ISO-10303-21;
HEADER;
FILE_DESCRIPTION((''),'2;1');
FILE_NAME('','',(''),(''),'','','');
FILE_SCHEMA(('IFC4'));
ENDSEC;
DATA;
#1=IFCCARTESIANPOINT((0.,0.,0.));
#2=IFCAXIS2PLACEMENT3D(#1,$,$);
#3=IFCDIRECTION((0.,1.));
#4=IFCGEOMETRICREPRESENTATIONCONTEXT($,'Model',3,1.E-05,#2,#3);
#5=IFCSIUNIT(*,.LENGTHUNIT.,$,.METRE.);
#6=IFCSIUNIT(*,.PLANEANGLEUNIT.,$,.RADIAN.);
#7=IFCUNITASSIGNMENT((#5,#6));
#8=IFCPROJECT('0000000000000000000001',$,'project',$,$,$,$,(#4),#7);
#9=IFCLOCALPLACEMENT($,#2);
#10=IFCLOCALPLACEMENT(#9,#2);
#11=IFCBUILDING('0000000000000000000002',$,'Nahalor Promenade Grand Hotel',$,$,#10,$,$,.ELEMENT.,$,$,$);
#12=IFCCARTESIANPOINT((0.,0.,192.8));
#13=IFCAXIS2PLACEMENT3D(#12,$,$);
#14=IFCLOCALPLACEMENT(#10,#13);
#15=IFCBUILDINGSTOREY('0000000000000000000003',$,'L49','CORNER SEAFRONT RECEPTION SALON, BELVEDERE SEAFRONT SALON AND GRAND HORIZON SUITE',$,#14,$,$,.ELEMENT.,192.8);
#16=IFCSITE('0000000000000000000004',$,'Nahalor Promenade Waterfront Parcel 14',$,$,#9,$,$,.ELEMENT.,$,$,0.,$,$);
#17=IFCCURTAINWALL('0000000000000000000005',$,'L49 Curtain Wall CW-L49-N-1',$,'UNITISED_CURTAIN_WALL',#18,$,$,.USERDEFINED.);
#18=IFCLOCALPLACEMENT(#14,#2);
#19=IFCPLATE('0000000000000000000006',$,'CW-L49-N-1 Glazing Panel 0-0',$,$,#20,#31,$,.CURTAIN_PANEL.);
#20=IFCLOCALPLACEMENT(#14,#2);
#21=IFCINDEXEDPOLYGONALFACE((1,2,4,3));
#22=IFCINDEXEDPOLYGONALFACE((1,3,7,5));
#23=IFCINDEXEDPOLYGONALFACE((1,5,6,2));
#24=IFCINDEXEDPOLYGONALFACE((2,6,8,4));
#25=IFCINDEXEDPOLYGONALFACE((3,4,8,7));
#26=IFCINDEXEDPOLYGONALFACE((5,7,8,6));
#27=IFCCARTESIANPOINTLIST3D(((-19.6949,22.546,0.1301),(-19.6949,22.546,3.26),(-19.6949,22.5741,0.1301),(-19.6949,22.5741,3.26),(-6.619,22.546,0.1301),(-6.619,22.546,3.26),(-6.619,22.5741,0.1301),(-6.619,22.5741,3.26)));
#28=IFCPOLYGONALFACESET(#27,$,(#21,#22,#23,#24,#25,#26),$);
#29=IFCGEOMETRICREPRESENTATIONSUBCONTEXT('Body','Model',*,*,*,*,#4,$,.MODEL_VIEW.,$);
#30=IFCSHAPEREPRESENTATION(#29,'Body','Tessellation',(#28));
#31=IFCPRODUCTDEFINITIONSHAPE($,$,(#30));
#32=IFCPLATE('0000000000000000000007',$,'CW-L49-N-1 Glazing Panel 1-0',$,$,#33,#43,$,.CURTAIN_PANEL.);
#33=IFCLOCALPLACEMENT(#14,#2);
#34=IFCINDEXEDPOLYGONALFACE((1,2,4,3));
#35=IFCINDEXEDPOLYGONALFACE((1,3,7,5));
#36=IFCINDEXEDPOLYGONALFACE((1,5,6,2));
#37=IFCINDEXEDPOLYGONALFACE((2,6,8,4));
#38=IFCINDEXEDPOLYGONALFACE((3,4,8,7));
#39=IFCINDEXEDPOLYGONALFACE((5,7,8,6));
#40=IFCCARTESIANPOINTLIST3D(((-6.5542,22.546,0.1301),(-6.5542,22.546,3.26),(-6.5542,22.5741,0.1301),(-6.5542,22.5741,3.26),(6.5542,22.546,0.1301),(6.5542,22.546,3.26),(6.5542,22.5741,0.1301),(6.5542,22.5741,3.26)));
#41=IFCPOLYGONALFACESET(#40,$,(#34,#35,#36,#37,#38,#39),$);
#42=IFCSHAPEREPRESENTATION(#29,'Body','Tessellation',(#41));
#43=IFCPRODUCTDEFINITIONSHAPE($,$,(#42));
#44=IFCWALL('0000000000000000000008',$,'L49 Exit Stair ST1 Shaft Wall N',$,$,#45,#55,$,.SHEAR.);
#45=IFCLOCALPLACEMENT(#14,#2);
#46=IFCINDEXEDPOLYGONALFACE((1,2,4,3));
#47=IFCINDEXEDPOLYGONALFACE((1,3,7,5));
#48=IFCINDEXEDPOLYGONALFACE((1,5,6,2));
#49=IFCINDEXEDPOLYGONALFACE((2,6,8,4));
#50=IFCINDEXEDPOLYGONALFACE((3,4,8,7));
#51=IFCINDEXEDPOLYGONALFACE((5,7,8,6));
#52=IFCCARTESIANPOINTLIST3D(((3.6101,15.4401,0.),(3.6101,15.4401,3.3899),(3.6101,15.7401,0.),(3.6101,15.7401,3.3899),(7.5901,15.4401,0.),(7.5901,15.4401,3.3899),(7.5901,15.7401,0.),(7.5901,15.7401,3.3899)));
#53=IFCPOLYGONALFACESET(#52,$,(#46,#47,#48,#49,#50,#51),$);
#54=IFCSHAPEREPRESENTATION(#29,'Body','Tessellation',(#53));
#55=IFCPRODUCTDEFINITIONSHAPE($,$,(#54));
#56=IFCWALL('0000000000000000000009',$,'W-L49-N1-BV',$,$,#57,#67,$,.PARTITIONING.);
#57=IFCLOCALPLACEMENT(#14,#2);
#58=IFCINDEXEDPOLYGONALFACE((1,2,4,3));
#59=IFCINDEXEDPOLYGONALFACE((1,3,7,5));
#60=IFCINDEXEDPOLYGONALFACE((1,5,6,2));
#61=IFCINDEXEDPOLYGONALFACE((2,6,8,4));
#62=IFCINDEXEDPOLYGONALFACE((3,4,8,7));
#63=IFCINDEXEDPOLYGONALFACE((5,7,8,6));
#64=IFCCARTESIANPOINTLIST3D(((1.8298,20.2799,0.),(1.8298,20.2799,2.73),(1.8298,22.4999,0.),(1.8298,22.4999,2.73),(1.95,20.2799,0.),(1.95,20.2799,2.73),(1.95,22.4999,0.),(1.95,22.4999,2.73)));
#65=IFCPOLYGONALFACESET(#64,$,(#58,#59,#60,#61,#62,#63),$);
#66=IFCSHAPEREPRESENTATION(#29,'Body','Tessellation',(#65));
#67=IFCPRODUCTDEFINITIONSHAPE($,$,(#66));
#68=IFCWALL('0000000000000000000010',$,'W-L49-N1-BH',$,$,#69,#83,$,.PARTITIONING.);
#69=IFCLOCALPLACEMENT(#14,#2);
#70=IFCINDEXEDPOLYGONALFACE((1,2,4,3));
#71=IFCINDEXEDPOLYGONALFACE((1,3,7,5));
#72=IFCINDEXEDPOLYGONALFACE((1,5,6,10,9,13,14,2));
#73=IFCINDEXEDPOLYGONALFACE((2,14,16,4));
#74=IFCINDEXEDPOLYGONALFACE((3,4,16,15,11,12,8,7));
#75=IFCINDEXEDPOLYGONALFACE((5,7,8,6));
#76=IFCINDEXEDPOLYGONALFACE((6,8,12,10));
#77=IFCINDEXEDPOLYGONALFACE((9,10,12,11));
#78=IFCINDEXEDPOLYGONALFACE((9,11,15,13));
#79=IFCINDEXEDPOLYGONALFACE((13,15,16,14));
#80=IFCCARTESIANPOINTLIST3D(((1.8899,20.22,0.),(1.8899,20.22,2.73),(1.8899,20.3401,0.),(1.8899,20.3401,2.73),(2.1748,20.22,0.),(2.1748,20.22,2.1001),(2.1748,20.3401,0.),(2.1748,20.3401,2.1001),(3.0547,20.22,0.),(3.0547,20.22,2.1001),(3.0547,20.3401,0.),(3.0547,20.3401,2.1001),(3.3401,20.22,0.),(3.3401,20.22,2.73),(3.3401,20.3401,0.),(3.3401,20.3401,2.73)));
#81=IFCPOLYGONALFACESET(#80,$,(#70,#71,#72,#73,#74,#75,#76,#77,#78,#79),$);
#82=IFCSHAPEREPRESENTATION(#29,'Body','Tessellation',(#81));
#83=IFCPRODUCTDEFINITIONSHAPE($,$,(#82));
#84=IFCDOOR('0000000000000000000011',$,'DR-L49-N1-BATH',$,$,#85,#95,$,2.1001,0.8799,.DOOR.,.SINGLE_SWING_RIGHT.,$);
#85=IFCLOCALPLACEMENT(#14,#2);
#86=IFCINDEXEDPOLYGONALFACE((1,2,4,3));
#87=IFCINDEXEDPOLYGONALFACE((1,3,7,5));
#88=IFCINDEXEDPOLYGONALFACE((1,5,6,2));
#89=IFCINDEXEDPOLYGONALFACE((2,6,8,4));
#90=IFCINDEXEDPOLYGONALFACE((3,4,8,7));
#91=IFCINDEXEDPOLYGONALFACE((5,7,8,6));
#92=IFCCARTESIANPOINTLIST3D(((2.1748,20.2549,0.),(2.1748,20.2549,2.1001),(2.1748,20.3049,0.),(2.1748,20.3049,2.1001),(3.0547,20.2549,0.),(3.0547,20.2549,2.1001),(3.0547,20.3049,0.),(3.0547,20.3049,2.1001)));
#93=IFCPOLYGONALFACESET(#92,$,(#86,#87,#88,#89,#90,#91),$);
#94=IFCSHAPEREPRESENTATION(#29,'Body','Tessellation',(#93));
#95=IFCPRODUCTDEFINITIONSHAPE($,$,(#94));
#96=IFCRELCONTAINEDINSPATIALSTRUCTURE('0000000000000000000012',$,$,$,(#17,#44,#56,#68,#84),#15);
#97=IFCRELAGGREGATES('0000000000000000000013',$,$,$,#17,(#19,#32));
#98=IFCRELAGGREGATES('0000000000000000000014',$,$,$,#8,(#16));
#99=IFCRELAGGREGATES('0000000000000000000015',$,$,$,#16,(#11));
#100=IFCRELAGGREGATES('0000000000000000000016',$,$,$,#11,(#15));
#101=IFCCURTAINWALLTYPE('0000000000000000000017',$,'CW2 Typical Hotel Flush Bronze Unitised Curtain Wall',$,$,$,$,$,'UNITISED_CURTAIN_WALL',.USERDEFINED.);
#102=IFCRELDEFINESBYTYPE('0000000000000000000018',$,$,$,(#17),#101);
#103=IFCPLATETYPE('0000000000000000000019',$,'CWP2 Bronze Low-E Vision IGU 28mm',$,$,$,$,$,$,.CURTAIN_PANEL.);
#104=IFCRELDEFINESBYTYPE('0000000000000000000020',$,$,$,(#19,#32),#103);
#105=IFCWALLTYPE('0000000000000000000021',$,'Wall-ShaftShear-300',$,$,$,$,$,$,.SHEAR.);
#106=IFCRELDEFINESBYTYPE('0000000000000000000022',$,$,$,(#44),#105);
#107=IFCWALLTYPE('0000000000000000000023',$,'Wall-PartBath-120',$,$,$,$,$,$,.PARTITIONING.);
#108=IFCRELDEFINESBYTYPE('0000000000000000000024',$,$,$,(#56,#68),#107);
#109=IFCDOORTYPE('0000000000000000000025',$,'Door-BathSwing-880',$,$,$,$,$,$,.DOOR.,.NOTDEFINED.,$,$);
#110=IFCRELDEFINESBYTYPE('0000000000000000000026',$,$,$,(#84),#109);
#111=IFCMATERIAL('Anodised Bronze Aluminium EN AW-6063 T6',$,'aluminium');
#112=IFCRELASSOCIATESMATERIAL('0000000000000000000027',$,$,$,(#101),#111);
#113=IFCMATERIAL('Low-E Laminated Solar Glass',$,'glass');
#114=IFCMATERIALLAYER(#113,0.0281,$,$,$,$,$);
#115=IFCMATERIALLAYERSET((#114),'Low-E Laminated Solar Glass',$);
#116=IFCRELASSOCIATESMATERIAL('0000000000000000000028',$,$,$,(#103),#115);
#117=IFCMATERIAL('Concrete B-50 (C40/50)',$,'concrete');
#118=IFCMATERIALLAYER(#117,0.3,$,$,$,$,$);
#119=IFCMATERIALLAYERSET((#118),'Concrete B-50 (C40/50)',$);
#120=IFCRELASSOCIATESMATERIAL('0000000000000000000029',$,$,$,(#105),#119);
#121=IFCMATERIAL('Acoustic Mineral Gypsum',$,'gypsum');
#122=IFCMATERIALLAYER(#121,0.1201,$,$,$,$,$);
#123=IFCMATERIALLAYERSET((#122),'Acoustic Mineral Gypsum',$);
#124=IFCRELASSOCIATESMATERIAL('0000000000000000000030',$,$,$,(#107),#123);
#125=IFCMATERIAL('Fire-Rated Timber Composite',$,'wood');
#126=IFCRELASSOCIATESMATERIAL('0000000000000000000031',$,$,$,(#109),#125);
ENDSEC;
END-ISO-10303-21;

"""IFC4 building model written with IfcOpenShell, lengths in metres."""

from ifc_helpers import new_model, si_unit, direction, frame, frame_2d, origin, origin_2d, place, context, subcontext, project, spatial, rectangle, extrude, source, transform, mapped, material, layer, layer_set, type_object, element, fill, aggregate, save


model = new_model("IFC4")

# Units and contexts
model_context = context("Model", 3, precision=1e-05, world=origin(), true_north=direction((0.0, 1.0)))
body_context = subcontext(model_context, "Body", "Model", "MODEL_VIEW")
ifc_project = project(units=[si_unit("LENGTHUNIT", "METRE"), si_unit("PLANEANGLEUNIT", "RADIAN")], contexts=[model_context])

# Site, building, storey
site_placement = place(None, origin())
site = spatial("IfcSite", under=ifc_project, at=site_placement, Name="Nahalor Promenade Waterfront Parcel 14", CompositionType="ELEMENT", RefElevation=0.0)
building_placement = place(site_placement, origin())
building = spatial("IfcBuilding", under=site, at=building_placement, Name="Nahalor Promenade Grand Hotel", CompositionType="ELEMENT")
storey_placement = place(building_placement, frame((0.0, 0.0, 192.8)))
storey = spatial("IfcBuildingStorey", under=building, at=storey_placement, Name="L49", Description="CORNER SEAFRONT RECEPTION SALON, BELVEDERE SEAFRONT SALON AND GRAND HORIZON SUITE", CompositionType="ELEMENT", Elevation=192.8)

# Curtain wall, plates
ifc_material_1 = material(Name="Anodised Bronze Aluminium EN AW-6063 T6", Category="aluminium")
curtain_wall_type = type_object("IfcCurtainWallType", Name="CW2 Typical Hotel Flush Bronze Unitised Curtain Wall", ElementType="UNITISED_CURTAIN_WALL", PredefinedType="USERDEFINED", material=ifc_material_1)
curtain_wall_placement = place(storey_placement, origin())
curtain_wall = element("IfcCurtainWall", 1, at=curtain_wall_placement, inside=storey, type_object=curtain_wall_type, Name="L49 Curtain Wall CW-L49-N-1", ObjectType="UNITISED_CURTAIN_WALL", PredefinedType="USERDEFINED")
ifc_material_2 = material(Name="Low-E Laminated Solar Glass", Category="glass")
ifc_layer_1 = layer(ifc_material_2, 0.0281)
ifc_layer_set_1 = layer_set([ifc_layer_1], Name="Low-E Laminated Solar Glass")
plate_type = type_object("IfcPlateType", Name="CWP2 Bronze Low-E Vision IGU 28mm", PredefinedType="CURTAIN_PANEL", material=ifc_layer_set_1)
shared_shape_1 = source(origin(), body_context, "Body", "SweptSolid", [
    extrude(rectangle(XDim=13.0759, YDim=0.0281, at=origin_2d()), origin(), (0.0, 0.0, 1.0), 3.1299),
])
plate_1_placement = place(storey_placement, frame((-13.157, 22.5601, 0.1301), z_axis=(0.0, 0.0, 1.0), x_axis=(1.0, 0.0, 0.0)))
plate_1 = element("IfcPlate", 2, at=plate_1_placement, type_object=plate_type, Name="CW-L49-N-1 Glazing Panel 0-0", PredefinedType="CURTAIN_PANEL", context=body_context, shape_type="MappedRepresentation", body=[
    mapped(shared_shape_1, transform((0.0, 0.0, 0.0), scale=1.0)),
])
shared_shape_2 = source(origin(), body_context, "Body", "SweptSolid", [
    extrude(rectangle(XDim=13.1084, YDim=0.0281, at=origin_2d()), origin(), (0.0, 0.0, 1.0), 3.1299),
])
plate_2_placement = place(storey_placement, frame((0.0, 22.5601, 0.1301), z_axis=(0.0, 0.0, 1.0), x_axis=(1.0, 0.0, 0.0)))
plate_2 = element("IfcPlate", 3, at=plate_2_placement, type_object=plate_type, Name="CW-L49-N-1 Glazing Panel 1-0", PredefinedType="CURTAIN_PANEL", context=body_context, shape_type="MappedRepresentation", body=[
    mapped(shared_shape_2, transform((0.0, 0.0, 0.0), scale=1.0)),
])
aggregate(curtain_wall, [plate_1, plate_2])

# Walls
ifc_material_3 = material(Name="Concrete B-50 (C40/50)", Category="concrete")
ifc_layer_2 = layer(ifc_material_3, 0.3)
ifc_layer_set_2 = layer_set([ifc_layer_2], Name="Concrete B-50 (C40/50)")
wall_type_1 = type_object("IfcWallType", Name="Wall-ShaftShear-300", PredefinedType="SHEAR", material=ifc_layer_set_2)
shared_shape_3 = source(origin(), body_context, "Body", "SweptSolid", [
    extrude(rectangle(XDim=3.98, YDim=0.3, at=frame_2d((1.99, 0.0))), origin(), (0.0, 0.0, 1.0), 3.3899),
])
wall_1_placement = place(storey_placement, frame((3.6101, 15.5901, 0.0), z_axis=(0.0, 0.0, 1.0), x_axis=(1.0, 0.0, 0.0)))
element("IfcWall", 4, at=wall_1_placement, inside=storey, type_object=wall_type_1, Name="L49 Exit Stair ST1 Shaft Wall N", PredefinedType="SHEAR", context=body_context, shape_type="MappedRepresentation", body=[
    mapped(shared_shape_3, transform((0.0, 0.0, 0.0), scale=1.0)),
])
ifc_material_4 = material(Name="Acoustic Mineral Gypsum", Category="gypsum")
ifc_layer_3 = layer(ifc_material_4, 0.1201)
ifc_layer_set_3 = layer_set([ifc_layer_3], Name="Acoustic Mineral Gypsum")
wall_type_2 = type_object("IfcWallType", Name="Wall-PartBath-120", PredefinedType="PARTITIONING", material=ifc_layer_set_3)
shared_shape_4 = source(origin(), body_context, "Body", "SweptSolid", [
    extrude(rectangle(XDim=2.22, YDim=0.1201, at=frame_2d((1.1099, 0.0))), origin(), (0.0, 0.0, 1.0), 2.73),
])
wall_2_placement = place(storey_placement, frame((1.8899, 20.28, 0.0), z_axis=(0.0, 0.0, 1.0), x_axis=(0.0, 1.0, 0.0)))
element("IfcWall", 5, at=wall_2_placement, inside=storey, type_object=wall_type_2, Name="W-L49-N1-BV", PredefinedType="PARTITIONING", context=body_context, shape_type="MappedRepresentation", body=[
    mapped(shared_shape_4, transform((0.0, 0.0, 0.0), scale=1.0)),
])

# Wall, opening, door
shared_shape_5 = source(origin(), body_context, "Body", "SweptSolid", [
    extrude(rectangle(XDim=1.4502, YDim=0.1201, at=frame_2d((0.7251, 0.0))), origin(), (0.0, 0.0, 1.0), 2.73),
])
wall_3_placement = place(storey_placement, frame((1.8899, 20.28, 0.0), z_axis=(0.0, 0.0, 1.0), x_axis=(1.0, 0.0, 0.0)))
wall_3 = element("IfcWall", 6, at=wall_3_placement, inside=storey, type_object=wall_type_2, Name="W-L49-N1-BH", PredefinedType="PARTITIONING", context=body_context, shape_type="MappedRepresentation", body=[
    mapped(shared_shape_5, transform((0.0, 0.0, 0.0), scale=1.0)),
])
opening_placement = place(wall_3_placement, frame((0.2849, 0.0, 0.0)))
opening = element("IfcOpeningElement", 7, at=opening_placement, cuts=wall_3, PredefinedType="OPENING", context=body_context, shape_type="SweptSolid", body=[
    extrude(rectangle(XDim=0.8799, YDim=2.1001, at=frame_2d((0.4399, 1.05))), frame((0.0, 0.0701, 0.0), z_axis=(0.0, -1.0, 0.0), x_axis=(1.0, 0.0, 0.0)), (0.0, 0.0, 1.0), 0.1401),
])
ifc_material_5 = material(Name="Fire-Rated Timber Composite", Category="wood")
door_type = type_object("IfcDoorType", Name="Door-BathSwing-880", OperationType="NOTDEFINED", PredefinedType="DOOR", material=ifc_material_5)
shared_shape_6 = source(origin(), body_context, "Body", "SweptSolid", [
    extrude(rectangle(XDim=0.8799, YDim=2.1001, at=frame_2d((0.4399, 1.05))), frame((0.0, 0.0249, 0.0), z_axis=(0.0, -1.0, 0.0), x_axis=(1.0, 0.0, 0.0)), (0.0, 0.0, 1.0), 0.05),
])
door_placement = place(opening_placement, origin())
door = element("IfcDoor", 8, at=door_placement, inside=storey, type_object=door_type, Name="DR-L49-N1-BATH", OperationType="SINGLE_SWING_RIGHT", OverallHeight=2.1001, OverallWidth=0.8799, PredefinedType="DOOR", context=body_context, shape_type="MappedRepresentation", body=[
    mapped(shared_shape_6, transform((0.0, 0.0, 0.0), scale=1.0)),
])
fill(opening, door)

save(model, "model.ifc")
